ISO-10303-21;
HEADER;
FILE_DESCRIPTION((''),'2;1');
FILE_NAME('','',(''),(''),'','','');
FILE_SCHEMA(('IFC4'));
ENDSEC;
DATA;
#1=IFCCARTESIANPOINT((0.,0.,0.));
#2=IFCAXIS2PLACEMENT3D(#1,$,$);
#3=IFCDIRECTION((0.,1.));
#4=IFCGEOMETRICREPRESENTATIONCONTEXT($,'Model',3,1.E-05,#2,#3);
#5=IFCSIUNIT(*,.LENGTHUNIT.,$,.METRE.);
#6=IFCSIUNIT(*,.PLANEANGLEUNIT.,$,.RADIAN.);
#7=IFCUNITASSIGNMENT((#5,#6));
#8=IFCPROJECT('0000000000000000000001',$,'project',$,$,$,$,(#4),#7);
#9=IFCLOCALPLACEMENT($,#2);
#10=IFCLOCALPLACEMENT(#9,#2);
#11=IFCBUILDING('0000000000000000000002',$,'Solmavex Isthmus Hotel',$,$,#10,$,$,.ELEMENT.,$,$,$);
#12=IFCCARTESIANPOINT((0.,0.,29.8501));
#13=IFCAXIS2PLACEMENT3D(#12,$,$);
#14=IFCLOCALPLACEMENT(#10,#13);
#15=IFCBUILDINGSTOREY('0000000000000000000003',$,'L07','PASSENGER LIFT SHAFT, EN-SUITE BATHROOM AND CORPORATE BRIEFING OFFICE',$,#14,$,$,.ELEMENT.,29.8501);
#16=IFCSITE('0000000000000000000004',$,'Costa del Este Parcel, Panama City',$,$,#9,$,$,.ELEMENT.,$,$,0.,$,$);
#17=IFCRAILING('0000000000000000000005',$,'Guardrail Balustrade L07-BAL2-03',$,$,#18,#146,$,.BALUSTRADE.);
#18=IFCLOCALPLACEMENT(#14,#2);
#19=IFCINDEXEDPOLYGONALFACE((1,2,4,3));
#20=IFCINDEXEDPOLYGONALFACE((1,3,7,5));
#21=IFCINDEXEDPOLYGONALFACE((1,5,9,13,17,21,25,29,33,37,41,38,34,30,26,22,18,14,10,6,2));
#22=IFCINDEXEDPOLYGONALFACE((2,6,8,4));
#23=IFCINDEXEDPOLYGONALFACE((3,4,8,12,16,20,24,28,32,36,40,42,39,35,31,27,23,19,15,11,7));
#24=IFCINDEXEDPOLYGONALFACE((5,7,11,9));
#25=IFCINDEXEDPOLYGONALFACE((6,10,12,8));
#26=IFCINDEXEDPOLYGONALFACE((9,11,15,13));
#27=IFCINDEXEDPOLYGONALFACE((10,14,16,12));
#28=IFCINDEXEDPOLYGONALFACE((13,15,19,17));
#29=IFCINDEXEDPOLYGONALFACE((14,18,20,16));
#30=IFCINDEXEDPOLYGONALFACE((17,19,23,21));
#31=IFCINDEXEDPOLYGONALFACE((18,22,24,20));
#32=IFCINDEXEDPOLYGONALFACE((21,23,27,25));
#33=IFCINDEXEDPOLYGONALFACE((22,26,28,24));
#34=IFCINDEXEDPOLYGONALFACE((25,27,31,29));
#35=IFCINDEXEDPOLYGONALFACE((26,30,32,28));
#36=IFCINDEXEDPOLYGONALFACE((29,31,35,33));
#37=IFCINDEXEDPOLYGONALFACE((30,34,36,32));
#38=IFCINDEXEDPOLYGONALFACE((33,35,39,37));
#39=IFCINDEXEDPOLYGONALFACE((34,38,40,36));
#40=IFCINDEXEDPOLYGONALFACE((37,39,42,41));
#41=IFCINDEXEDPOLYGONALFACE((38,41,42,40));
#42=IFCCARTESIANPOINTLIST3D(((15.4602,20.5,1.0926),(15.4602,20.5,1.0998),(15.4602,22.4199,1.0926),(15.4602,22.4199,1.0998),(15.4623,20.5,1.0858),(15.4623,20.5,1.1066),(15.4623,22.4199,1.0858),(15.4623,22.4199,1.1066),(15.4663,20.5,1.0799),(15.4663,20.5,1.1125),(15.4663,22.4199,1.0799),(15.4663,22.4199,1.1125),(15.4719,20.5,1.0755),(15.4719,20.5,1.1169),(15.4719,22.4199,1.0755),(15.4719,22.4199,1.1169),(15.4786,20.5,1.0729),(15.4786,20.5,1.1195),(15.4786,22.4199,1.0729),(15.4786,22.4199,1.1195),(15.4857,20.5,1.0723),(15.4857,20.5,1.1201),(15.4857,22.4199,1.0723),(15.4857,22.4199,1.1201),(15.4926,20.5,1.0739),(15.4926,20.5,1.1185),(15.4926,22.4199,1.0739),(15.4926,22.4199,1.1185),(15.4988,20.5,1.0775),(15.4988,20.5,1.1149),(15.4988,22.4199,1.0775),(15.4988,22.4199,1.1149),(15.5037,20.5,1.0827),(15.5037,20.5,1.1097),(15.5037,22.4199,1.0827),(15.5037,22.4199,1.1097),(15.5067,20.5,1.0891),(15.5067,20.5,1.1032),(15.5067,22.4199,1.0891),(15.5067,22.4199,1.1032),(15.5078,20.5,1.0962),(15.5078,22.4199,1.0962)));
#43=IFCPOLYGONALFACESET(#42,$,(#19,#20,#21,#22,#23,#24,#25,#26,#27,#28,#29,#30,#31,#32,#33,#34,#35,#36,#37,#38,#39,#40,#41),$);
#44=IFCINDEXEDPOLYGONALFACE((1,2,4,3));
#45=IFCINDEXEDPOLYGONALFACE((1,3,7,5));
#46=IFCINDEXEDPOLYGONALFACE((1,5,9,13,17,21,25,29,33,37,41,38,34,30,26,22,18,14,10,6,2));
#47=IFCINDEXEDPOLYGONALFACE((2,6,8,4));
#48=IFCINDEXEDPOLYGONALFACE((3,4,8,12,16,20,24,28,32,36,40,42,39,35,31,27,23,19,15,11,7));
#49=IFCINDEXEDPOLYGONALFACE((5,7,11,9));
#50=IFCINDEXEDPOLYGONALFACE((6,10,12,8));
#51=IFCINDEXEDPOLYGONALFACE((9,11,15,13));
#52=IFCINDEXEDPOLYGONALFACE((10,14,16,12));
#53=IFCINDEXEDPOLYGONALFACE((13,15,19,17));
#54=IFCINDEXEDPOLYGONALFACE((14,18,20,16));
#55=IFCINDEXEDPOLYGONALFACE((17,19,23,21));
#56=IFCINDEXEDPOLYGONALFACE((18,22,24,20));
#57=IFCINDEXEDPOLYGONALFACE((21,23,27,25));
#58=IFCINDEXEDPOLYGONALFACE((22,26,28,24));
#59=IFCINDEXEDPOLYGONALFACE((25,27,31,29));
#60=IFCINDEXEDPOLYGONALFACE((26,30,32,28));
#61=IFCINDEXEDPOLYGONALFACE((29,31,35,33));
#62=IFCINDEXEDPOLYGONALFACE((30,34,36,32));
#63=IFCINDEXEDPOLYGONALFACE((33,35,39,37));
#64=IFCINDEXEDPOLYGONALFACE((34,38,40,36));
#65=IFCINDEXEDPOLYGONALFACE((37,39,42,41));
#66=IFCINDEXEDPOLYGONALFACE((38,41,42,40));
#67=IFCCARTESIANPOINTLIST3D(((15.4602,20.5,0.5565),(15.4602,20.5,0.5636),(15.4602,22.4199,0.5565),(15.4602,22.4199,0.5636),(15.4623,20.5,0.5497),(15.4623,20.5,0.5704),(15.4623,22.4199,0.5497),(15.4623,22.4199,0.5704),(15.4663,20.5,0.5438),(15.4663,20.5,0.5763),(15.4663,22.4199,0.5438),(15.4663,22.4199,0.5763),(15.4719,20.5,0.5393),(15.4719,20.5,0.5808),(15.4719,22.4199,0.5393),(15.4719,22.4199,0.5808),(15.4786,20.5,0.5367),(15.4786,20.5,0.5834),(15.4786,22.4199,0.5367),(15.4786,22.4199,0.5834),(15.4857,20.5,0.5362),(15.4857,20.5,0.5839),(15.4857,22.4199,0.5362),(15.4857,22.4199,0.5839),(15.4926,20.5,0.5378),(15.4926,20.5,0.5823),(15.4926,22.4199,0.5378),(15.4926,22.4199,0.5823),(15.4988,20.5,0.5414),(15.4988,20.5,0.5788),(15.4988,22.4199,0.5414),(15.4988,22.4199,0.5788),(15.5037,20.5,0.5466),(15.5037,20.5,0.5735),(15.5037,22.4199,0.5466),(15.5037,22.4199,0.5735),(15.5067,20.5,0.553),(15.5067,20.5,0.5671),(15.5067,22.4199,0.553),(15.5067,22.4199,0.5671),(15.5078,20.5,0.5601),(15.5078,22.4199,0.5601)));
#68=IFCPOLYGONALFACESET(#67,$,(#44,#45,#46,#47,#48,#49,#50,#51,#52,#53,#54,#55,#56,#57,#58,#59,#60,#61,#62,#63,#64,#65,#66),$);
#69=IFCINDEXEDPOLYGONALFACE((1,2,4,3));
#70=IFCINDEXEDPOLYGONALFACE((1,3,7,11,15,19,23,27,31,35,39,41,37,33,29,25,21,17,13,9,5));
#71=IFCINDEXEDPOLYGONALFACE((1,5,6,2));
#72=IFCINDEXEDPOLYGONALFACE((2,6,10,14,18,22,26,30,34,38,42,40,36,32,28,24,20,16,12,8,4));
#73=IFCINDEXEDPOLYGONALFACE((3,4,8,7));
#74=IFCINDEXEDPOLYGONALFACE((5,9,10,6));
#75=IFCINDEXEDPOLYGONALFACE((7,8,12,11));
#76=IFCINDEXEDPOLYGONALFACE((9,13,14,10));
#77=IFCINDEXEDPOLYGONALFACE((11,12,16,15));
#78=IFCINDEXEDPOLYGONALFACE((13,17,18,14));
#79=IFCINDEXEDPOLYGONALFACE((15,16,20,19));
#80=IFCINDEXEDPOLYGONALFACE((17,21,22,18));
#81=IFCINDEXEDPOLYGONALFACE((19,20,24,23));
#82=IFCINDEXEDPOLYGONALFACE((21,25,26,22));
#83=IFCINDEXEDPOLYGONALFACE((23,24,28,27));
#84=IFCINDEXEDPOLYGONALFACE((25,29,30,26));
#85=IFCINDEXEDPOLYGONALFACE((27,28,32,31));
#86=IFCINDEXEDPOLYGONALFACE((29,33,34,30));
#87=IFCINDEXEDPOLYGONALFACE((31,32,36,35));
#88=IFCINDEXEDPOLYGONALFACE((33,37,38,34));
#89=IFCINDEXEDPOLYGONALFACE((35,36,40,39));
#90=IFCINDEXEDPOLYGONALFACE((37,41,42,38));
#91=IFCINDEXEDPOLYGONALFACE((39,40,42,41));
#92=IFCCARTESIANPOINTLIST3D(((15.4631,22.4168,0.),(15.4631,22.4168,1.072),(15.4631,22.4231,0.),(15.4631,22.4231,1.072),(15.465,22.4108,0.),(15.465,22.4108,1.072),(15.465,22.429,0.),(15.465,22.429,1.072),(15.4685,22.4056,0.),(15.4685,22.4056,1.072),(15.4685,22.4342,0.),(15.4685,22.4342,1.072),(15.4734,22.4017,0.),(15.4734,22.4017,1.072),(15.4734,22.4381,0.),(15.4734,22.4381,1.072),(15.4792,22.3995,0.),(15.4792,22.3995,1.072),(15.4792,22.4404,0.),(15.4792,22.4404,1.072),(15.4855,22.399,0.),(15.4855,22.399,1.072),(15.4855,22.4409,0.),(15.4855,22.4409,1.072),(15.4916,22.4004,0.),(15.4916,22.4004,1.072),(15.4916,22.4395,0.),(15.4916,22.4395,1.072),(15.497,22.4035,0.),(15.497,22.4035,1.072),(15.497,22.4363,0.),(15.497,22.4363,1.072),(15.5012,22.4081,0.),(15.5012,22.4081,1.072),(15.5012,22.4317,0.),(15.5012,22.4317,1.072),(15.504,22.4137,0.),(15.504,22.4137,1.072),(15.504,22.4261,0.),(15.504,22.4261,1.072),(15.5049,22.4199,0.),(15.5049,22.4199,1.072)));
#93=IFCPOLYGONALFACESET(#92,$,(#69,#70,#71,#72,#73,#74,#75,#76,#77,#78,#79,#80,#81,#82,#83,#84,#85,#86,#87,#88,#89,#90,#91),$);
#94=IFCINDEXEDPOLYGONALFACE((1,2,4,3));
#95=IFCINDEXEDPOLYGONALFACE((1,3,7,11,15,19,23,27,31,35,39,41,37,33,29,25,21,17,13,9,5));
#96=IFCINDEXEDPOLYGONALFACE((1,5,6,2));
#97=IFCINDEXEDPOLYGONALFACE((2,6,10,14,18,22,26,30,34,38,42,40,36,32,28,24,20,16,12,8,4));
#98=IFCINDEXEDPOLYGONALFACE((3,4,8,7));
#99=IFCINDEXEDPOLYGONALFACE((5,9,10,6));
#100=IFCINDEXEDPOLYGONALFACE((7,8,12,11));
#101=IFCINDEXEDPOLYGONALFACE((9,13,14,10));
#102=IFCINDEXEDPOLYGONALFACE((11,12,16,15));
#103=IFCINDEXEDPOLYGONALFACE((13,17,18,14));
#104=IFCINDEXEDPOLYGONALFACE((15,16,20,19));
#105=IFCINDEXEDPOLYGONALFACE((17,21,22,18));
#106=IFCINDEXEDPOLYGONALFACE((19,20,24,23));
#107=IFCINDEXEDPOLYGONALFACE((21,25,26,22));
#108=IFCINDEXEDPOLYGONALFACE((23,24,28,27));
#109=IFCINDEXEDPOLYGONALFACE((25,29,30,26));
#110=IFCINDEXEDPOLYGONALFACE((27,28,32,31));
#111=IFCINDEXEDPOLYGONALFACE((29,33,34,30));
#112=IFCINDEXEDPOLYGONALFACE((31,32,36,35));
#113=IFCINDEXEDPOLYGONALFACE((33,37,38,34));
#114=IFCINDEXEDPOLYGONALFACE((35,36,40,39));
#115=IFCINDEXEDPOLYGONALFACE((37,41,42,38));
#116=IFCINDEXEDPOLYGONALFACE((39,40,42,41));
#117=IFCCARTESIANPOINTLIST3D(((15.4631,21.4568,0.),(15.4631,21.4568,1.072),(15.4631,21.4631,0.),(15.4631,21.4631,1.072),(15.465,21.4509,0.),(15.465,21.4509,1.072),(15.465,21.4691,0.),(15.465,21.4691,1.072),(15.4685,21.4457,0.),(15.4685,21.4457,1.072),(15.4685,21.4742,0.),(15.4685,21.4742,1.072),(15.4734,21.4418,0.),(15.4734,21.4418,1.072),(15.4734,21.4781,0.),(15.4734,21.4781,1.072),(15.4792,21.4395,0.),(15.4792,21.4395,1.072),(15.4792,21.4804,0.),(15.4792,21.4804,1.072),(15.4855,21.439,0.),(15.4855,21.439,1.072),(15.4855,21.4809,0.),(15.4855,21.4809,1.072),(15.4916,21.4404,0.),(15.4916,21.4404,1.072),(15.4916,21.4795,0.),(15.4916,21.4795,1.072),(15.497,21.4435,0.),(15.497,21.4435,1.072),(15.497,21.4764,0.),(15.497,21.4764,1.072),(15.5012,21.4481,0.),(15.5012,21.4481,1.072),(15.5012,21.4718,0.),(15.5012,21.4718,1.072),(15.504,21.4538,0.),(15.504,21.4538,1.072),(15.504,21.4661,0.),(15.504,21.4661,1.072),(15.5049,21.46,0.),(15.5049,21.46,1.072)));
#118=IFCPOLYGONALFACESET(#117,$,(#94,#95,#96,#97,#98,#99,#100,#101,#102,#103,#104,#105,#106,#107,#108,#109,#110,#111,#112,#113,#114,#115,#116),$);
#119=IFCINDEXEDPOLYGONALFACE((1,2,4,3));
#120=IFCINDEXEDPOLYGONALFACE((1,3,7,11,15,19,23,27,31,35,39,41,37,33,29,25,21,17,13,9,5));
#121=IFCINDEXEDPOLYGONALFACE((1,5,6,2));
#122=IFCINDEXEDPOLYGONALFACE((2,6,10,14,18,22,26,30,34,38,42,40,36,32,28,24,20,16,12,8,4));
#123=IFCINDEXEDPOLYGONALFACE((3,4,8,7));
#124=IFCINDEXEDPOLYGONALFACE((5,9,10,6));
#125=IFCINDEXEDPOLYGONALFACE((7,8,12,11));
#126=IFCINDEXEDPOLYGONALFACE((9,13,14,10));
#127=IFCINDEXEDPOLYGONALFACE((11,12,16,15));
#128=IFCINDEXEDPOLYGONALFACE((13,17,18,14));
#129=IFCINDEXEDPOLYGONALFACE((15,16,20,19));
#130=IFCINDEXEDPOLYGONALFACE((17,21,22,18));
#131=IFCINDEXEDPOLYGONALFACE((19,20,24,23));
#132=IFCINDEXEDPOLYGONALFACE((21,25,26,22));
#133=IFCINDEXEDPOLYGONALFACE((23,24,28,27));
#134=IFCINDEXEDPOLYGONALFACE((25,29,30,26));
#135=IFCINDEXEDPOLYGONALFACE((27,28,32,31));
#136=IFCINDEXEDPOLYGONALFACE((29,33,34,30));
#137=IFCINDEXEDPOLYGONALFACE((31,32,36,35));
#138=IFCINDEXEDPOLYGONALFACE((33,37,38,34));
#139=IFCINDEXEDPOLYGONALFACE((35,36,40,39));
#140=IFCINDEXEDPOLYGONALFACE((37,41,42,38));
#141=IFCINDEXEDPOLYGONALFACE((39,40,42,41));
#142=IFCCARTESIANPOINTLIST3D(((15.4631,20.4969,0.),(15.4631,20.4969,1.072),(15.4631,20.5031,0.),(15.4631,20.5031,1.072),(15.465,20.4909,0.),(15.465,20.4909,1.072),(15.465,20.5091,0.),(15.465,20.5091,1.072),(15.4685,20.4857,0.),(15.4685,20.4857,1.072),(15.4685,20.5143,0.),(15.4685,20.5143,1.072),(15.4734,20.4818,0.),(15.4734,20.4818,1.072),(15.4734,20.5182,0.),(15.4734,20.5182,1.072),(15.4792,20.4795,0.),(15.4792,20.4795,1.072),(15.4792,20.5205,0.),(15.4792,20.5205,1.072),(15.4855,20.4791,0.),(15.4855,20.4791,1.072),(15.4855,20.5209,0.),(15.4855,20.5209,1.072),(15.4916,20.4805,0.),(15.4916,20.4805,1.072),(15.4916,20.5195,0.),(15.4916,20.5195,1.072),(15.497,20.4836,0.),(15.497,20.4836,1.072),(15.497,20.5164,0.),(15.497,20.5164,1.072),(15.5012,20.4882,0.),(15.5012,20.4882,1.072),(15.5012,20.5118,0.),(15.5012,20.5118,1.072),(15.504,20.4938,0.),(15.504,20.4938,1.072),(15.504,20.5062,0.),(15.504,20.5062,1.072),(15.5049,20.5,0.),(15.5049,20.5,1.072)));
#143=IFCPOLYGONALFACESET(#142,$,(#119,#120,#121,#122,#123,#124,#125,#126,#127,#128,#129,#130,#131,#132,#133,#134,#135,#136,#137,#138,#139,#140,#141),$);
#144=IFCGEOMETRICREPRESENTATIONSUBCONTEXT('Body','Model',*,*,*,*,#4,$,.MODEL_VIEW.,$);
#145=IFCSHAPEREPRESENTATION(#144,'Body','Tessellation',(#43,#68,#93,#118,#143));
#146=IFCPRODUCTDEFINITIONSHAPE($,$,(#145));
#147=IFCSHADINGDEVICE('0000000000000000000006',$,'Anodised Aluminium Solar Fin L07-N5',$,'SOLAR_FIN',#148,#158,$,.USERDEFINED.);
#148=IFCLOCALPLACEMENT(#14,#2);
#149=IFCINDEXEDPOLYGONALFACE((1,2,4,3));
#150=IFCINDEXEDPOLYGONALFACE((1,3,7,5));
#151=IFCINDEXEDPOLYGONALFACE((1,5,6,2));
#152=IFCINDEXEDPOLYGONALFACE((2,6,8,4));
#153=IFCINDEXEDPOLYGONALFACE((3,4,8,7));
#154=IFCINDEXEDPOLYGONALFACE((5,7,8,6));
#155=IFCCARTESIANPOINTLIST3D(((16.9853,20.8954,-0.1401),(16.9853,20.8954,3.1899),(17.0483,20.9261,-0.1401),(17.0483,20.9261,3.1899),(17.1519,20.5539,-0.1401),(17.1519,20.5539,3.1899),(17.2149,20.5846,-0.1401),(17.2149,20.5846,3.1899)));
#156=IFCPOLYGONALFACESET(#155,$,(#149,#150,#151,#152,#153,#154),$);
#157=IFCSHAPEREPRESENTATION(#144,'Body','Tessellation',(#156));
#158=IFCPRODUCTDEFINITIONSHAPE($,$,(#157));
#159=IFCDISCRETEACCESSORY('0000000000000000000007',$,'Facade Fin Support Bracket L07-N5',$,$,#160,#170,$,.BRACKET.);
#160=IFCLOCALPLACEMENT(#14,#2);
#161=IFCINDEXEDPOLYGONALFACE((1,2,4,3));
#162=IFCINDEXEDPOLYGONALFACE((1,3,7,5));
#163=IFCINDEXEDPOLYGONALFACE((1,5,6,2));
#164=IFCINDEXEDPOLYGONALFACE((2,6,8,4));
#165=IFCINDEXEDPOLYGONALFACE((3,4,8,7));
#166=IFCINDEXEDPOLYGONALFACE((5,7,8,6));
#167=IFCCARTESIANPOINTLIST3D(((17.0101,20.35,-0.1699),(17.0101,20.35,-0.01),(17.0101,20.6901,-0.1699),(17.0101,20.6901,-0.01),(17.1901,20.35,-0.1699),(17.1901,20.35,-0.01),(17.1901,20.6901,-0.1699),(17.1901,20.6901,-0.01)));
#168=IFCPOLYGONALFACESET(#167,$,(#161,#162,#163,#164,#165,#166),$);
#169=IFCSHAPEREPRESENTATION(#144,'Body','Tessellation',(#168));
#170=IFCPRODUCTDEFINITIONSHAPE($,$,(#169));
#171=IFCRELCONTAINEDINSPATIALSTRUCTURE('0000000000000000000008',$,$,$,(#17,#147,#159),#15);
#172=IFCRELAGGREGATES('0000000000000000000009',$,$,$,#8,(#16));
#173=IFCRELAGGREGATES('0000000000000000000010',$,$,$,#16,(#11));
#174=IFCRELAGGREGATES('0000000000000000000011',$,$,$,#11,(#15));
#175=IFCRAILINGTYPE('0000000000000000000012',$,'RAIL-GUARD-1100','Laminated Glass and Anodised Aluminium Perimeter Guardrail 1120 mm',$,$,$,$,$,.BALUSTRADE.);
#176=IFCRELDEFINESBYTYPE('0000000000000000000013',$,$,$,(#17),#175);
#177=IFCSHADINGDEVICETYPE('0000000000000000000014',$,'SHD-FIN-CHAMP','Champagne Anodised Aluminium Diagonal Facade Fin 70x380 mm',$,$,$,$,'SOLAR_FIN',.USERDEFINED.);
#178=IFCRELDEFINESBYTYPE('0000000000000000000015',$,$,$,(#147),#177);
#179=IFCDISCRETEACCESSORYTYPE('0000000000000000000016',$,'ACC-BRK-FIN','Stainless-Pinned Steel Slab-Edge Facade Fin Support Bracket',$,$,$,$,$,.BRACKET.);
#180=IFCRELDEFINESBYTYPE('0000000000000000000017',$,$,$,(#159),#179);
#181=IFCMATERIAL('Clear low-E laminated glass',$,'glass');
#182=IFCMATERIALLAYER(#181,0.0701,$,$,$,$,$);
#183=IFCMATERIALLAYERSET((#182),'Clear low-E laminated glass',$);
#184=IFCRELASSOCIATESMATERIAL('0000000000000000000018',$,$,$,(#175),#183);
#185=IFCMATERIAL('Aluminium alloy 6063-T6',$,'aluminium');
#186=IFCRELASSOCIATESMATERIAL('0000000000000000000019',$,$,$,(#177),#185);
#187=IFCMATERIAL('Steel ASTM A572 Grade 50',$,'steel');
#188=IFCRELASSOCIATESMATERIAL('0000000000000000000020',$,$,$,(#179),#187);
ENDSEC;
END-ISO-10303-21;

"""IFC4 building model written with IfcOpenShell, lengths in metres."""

from ifc_helpers import new_model, si_unit, direction, frame, origin, origin_2d, place, context, subcontext, project, spatial, rectangle, circle, extrude, material, layer, layer_set, type_object, element, save


model = new_model("IFC4")

# Units and contexts
model_context = context("Model", 3, precision=1e-05, world=origin(), true_north=direction((0.0, 1.0)))
body_context = subcontext(model_context, "Body", "Model", "MODEL_VIEW")
ifc_project = project(units=[si_unit("LENGTHUNIT", "METRE"), si_unit("PLANEANGLEUNIT", "RADIAN")], contexts=[model_context])

# Site, building, storey
site_placement = place(None, origin())
site = spatial("IfcSite", under=ifc_project, at=site_placement, Name="Costa del Este Parcel, Panama City", CompositionType="ELEMENT", RefElevation=0.0)
building_placement = place(site_placement, origin())
building = spatial("IfcBuilding", under=site, at=building_placement, Name="Solmavex Isthmus Hotel", CompositionType="ELEMENT")
storey_placement = place(building_placement, frame((0.0, 0.0, 29.8501)))
storey = spatial("IfcBuildingStorey", under=building, at=storey_placement, Name="L07", Description="PASSENGER LIFT SHAFT, EN-SUITE BATHROOM AND CORPORATE BRIEFING OFFICE", CompositionType="ELEMENT", Elevation=29.8501)

# Shared definitions
ifc_material_1 = material(Name="Aluminium alloy 6063-T6", Category="aluminium")

# Shared definitions
ifc_material_2 = material(Name="Clear low-E laminated glass", Category="glass")

# Railing
ifc_layer_1 = layer(ifc_material_2, 0.0701)
ifc_layer_set_1 = layer_set([ifc_layer_1], Name="Clear low-E laminated glass")
railing_type = type_object("IfcRailingType", Name="RAIL-GUARD-1100", Description="Laminated Glass and Anodised Aluminium Perimeter Guardrail 1120 mm", PredefinedType="BALUSTRADE", material=ifc_layer_set_1)
railing_placement = place(storey_placement, frame((15.4839, 22.4199, 0.0)))
element("IfcRailing", 1, at=railing_placement, inside=storey, type_object=railing_type, Name="Guardrail Balustrade L07-BAL2-03", PredefinedType="BALUSTRADE", context=body_context, shape_type="SweptSolid", body=[
    extrude(circle(Radius=0.0239, at=origin_2d()), frame((0.0, 0.0, 1.0962), z_axis=(0.0, -1.0, 0.0), x_axis=(1.0, 0.0, 0.0)), (0.0, 0.0, 1.0), 1.9199),
    extrude(circle(Radius=0.0239, at=origin_2d()), frame((0.0, 0.0, 0.5601), z_axis=(0.0, -1.0, 0.0), x_axis=(1.0, 0.0, 0.0)), (0.0, 0.0, 1.0), 1.9199),
    extrude(circle(Radius=0.021, at=origin_2d()), origin(), (0.0, 0.0, 1.0), 1.072),
    extrude(circle(Radius=0.021, at=origin_2d()), frame((0.0, -0.96, 0.0)), (0.0, 0.0, 1.0), 1.072),
    extrude(circle(Radius=0.021, at=origin_2d()), frame((0.0, -1.9199, 0.0)), (0.0, 0.0, 1.0), 1.072),
])

# Shading device
shading_device_type = type_object("IfcShadingDeviceType", Name="SHD-FIN-CHAMP", Description="Champagne Anodised Aluminium Diagonal Facade Fin 70x380 mm", ElementType="SOLAR_FIN", PredefinedType="USERDEFINED", material=ifc_material_1)
shading_device_placement = place(storey_placement, frame((17.1001, 20.74, -0.1401), z_axis=(0.0, 0.0, 1.0), x_axis=(-0.438371, 0.898794, 0.0)))
element("IfcShadingDevice", 2, at=shading_device_placement, inside=storey, type_object=shading_device_type, Name="Anodised Aluminium Solar Fin L07-N5", ObjectType="SOLAR_FIN", PredefinedType="USERDEFINED", context=body_context, shape_type="SweptSolid", body=[
    extrude(rectangle(XDim=0.3799, YDim=0.0701, at=origin_2d()), origin(), (0.0, 0.0, 1.0), 3.3301),
])

# Discrete accessory
ifc_material_3 = material(Name="Steel ASTM A572 Grade 50", Category="steel")
discrete_accessory_type = type_object("IfcDiscreteAccessoryType", Name="ACC-BRK-FIN", Description="Stainless-Pinned Steel Slab-Edge Facade Fin Support Bracket", PredefinedType="BRACKET", material=ifc_material_3)
discrete_accessory_placement = place(storey_placement, frame((17.1001, 20.52, -0.1699), z_axis=(0.0, 0.0, 1.0), x_axis=(0.0, 1.0, 0.0)))
element("IfcDiscreteAccessory", 3, at=discrete_accessory_placement, inside=storey, type_object=discrete_accessory_type, Name="Facade Fin Support Bracket L07-N5", PredefinedType="BRACKET", context=body_context, shape_type="SweptSolid", body=[
    extrude(rectangle(XDim=0.3401, YDim=0.1799, at=origin_2d()), origin(), (0.0, 0.0, 1.0), 0.1599),
])

save(model, "model.ifc")
